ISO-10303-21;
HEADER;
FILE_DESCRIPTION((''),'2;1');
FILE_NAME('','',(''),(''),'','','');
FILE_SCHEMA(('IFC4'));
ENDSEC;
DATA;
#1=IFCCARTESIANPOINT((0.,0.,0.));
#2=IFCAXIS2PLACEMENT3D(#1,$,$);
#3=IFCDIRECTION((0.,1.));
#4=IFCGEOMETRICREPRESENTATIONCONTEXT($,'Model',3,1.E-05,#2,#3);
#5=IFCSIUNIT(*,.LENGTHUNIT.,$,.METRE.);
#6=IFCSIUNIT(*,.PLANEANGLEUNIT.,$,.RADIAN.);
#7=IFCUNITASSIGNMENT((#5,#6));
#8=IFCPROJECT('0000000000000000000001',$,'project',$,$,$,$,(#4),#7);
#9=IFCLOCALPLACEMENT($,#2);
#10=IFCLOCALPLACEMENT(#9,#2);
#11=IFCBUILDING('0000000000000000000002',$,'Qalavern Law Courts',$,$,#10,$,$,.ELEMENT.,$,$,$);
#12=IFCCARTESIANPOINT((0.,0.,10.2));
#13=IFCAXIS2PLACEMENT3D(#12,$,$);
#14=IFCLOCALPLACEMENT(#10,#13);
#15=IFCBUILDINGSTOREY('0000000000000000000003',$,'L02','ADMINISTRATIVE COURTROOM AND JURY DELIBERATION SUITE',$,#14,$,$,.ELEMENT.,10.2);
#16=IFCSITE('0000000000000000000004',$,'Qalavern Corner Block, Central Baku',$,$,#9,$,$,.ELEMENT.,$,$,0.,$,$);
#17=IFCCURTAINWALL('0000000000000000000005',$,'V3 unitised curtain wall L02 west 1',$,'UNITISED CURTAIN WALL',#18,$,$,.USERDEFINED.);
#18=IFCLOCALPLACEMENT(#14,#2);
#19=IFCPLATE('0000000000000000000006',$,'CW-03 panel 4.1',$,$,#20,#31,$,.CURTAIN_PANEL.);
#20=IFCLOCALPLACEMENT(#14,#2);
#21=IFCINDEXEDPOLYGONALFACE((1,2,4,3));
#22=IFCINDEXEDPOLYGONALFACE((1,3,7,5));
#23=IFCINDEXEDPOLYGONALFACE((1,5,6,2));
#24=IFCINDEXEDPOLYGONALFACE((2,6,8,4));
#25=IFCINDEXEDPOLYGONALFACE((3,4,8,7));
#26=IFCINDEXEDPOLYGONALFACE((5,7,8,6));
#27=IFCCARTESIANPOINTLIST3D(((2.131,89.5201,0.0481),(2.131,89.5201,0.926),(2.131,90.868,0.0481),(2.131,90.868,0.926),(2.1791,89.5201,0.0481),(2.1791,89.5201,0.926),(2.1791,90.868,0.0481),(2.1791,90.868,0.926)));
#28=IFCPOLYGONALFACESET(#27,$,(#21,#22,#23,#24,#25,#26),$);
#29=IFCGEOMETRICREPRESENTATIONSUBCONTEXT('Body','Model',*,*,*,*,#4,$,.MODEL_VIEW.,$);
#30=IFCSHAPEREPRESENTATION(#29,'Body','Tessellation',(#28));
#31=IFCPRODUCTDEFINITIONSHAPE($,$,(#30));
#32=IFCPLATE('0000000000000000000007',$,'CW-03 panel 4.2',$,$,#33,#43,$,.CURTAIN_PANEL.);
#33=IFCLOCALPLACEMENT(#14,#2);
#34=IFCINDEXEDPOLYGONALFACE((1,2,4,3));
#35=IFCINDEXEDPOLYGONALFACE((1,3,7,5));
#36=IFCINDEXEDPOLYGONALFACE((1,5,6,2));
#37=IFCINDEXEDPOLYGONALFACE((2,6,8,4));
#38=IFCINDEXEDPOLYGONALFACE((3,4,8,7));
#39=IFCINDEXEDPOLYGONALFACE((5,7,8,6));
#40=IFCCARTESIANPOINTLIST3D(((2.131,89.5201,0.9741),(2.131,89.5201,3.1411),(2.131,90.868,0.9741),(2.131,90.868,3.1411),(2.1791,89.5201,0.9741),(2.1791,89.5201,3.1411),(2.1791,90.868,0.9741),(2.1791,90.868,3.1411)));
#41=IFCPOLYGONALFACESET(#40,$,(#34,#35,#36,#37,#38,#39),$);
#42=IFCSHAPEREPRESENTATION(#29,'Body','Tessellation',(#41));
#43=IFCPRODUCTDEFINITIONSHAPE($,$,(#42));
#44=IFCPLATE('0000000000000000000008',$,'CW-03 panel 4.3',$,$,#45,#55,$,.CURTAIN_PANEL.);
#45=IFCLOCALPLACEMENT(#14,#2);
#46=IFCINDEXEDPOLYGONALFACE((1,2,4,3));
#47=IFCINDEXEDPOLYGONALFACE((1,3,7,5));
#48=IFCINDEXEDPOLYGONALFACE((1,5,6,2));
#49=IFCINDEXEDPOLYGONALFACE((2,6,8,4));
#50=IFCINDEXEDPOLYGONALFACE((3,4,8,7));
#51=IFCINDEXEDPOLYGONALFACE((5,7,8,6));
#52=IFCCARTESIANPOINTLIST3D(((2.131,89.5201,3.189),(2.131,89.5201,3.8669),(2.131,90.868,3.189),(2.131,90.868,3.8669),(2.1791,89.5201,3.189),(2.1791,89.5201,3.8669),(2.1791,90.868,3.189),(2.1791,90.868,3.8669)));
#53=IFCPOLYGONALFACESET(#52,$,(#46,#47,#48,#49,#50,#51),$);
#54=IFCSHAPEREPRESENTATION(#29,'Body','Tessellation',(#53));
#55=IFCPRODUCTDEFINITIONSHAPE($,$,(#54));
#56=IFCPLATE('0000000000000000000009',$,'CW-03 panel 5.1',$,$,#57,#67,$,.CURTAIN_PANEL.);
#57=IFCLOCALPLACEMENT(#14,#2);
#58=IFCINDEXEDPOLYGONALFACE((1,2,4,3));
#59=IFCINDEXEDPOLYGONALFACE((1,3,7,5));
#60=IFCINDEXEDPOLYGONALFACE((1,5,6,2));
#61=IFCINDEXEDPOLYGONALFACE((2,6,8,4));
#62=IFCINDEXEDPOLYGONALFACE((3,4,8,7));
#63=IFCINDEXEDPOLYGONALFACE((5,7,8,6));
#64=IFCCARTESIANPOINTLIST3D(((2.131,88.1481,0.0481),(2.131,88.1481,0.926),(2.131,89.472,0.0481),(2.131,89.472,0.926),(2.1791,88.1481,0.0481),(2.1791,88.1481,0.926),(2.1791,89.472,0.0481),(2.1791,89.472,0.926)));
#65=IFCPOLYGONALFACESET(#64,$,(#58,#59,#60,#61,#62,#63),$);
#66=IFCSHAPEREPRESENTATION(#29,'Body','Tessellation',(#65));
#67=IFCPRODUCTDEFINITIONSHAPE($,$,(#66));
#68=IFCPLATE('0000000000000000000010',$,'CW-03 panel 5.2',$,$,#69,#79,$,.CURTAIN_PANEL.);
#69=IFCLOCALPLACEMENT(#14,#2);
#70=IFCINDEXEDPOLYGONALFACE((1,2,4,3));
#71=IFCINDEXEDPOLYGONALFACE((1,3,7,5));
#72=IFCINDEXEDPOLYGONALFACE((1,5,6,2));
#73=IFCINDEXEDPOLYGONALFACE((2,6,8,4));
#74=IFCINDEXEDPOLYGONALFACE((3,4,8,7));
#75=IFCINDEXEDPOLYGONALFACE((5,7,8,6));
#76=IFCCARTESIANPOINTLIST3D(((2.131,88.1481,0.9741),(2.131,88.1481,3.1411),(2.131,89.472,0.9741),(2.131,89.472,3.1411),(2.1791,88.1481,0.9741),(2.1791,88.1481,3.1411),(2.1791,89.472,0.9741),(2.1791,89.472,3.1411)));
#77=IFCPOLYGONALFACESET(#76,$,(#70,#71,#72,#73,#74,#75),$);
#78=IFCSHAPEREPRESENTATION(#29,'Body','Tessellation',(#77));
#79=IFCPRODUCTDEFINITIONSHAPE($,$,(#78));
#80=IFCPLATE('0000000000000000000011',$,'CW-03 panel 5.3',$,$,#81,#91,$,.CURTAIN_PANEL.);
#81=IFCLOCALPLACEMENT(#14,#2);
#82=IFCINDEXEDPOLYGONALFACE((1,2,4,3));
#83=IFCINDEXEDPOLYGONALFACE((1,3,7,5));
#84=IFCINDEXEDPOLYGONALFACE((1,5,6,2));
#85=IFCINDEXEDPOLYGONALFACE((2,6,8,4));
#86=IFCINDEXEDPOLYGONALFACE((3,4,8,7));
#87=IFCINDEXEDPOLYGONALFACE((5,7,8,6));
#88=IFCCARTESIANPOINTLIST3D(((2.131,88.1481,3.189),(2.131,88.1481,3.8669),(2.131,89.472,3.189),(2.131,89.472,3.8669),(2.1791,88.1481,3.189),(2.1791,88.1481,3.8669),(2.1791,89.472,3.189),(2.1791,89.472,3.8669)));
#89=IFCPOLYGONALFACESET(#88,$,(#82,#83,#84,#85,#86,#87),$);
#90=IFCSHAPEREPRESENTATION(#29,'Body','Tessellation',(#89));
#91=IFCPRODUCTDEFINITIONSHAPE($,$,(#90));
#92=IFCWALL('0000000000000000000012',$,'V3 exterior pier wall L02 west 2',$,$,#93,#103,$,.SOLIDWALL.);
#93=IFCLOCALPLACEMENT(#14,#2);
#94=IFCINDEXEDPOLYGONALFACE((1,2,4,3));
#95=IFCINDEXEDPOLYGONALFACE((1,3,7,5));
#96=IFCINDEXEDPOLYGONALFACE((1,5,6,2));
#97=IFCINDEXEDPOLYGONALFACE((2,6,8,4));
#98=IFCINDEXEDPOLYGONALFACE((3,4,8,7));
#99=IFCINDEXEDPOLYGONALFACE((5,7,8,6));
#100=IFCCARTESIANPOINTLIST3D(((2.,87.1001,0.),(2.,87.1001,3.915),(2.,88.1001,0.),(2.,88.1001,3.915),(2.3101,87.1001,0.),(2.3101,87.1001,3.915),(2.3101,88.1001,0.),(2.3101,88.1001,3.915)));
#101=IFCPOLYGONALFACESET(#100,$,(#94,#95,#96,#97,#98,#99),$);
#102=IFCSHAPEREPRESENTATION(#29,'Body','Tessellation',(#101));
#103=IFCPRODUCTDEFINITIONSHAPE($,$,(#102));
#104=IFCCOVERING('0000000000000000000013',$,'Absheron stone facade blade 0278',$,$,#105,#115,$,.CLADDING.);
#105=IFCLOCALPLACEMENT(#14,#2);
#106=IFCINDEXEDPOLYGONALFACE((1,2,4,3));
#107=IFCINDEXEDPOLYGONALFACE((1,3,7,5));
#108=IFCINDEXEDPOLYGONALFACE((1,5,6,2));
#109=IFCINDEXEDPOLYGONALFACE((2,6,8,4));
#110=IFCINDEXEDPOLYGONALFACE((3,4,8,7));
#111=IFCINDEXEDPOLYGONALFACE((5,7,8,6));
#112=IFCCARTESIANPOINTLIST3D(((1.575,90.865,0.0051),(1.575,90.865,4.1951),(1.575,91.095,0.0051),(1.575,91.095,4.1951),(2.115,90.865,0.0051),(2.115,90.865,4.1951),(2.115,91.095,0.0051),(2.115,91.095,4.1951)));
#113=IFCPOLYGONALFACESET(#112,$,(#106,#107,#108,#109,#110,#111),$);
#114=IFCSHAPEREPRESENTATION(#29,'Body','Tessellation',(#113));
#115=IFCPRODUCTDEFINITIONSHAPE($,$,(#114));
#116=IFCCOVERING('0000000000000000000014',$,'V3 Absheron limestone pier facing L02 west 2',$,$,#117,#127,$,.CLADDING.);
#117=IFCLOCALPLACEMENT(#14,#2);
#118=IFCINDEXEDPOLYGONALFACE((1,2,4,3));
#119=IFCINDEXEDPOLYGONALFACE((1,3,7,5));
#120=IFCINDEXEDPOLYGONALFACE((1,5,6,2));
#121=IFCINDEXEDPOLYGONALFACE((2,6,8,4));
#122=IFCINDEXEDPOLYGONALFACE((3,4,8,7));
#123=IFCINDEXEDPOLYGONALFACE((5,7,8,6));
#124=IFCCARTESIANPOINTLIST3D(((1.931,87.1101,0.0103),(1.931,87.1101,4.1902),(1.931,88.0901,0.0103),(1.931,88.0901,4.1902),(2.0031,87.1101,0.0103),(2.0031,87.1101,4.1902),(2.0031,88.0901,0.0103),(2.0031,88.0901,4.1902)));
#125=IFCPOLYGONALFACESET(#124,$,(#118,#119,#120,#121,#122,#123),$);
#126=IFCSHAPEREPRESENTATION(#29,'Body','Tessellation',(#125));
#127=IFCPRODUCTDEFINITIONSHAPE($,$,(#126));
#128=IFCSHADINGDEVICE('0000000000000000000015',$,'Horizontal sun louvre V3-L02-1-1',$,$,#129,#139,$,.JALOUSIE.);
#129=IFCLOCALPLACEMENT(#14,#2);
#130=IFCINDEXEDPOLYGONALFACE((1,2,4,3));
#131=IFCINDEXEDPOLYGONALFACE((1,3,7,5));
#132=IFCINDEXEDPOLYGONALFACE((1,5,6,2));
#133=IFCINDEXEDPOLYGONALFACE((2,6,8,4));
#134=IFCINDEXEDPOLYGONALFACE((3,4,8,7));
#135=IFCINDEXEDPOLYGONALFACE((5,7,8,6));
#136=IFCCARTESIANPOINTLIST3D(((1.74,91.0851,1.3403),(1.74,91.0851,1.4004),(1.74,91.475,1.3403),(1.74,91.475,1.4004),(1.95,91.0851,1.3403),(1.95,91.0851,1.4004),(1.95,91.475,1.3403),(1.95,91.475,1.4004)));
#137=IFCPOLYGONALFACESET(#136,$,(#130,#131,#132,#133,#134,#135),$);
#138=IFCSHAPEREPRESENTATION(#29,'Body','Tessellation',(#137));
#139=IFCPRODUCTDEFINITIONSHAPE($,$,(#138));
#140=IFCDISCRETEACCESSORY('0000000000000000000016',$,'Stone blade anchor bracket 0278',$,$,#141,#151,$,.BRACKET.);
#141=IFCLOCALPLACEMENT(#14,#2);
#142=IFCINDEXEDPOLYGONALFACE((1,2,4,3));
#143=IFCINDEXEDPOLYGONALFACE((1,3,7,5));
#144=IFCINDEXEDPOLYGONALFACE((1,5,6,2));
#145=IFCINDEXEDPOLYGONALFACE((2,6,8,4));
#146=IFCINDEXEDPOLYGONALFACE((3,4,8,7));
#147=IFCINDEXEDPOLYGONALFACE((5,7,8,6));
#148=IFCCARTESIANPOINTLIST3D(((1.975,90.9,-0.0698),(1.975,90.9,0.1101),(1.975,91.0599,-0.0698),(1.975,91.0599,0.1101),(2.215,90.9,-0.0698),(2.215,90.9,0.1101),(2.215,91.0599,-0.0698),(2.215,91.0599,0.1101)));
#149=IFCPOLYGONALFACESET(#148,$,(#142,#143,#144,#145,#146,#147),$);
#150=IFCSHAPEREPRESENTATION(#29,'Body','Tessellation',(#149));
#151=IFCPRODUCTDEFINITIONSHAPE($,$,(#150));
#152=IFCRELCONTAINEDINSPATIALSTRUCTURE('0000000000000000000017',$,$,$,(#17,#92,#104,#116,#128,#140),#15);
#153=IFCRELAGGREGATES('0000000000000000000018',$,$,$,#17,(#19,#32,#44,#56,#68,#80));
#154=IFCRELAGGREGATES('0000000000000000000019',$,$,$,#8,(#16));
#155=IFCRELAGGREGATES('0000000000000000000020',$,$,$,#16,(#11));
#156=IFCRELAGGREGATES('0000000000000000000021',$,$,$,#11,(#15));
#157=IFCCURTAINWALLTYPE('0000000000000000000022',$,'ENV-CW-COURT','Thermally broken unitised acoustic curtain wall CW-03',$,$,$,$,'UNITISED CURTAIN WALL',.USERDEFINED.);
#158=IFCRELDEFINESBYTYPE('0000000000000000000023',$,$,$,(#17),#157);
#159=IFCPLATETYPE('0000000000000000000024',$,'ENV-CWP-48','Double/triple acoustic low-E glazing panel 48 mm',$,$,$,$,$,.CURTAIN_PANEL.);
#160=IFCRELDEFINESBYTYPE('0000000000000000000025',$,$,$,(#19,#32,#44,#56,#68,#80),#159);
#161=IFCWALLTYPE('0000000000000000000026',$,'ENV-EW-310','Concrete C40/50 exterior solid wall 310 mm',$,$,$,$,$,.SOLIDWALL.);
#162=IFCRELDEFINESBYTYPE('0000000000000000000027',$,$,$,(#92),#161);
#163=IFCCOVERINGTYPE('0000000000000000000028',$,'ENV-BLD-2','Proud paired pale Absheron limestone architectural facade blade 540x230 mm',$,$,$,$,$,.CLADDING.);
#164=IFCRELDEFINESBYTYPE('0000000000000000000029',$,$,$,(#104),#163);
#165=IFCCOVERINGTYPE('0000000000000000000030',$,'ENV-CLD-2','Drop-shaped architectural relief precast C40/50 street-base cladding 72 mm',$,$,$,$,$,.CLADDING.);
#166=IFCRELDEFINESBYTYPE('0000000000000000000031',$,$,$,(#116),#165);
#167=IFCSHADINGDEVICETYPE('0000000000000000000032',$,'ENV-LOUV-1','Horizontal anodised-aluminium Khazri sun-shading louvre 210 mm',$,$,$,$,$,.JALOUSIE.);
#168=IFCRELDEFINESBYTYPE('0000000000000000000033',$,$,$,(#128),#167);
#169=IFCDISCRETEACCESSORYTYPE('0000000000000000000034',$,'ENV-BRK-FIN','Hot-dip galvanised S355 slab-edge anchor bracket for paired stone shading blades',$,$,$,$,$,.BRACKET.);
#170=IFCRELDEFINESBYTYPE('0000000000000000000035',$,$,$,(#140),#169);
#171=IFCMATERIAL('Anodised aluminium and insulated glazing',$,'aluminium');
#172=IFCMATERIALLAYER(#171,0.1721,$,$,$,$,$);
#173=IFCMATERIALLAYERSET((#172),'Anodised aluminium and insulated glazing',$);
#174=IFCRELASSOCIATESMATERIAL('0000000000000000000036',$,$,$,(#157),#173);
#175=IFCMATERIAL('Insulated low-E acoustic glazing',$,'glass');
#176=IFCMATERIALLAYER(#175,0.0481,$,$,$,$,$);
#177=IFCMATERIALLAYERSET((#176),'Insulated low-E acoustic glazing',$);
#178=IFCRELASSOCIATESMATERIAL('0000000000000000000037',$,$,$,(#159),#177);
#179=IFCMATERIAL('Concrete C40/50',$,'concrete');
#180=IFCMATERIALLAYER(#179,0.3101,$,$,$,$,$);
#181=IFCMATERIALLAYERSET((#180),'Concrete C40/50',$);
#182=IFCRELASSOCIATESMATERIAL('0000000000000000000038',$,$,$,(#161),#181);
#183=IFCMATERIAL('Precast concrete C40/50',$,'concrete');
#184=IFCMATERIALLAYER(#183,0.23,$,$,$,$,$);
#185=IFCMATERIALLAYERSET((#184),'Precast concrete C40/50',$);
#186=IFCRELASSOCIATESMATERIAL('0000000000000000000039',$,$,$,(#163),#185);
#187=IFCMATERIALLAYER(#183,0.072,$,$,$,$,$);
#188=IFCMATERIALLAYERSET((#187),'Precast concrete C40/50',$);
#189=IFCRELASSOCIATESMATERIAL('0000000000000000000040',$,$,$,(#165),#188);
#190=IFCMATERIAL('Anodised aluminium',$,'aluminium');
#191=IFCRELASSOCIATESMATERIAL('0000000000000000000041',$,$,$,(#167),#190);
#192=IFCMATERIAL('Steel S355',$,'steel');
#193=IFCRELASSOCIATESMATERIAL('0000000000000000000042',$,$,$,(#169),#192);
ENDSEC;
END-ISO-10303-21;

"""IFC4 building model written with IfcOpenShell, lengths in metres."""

from ifc_helpers import new_model, si_unit, direction, frame, frame_2d, origin, origin_2d, place, context, subcontext, project, spatial, rectangle, extrude, material, layer, layer_set, type_object, element, aggregate, save


model = new_model("IFC4")

# Units and contexts
model_context = context("Model", 3, precision=1e-05, world=origin(), true_north=direction((0.0, 1.0)))
body_context = subcontext(model_context, "Body", "Model", "MODEL_VIEW")
ifc_project = project(units=[si_unit("LENGTHUNIT", "METRE"), si_unit("PLANEANGLEUNIT", "RADIAN")], contexts=[model_context])

# Site, building, storey
site_placement = place(None, origin())
site = spatial("IfcSite", under=ifc_project, at=site_placement, Name="Qalavern Corner Block, Central Baku", CompositionType="ELEMENT", RefElevation=0.0)
building_placement = place(site_placement, origin())
building = spatial("IfcBuilding", under=site, at=building_placement, Name="Qalavern Law Courts", CompositionType="ELEMENT")
storey_placement = place(building_placement, frame((0.0, 0.0, 10.2)))
storey = spatial("IfcBuildingStorey", under=building, at=storey_placement, Name="L02", Description="ADMINISTRATIVE COURTROOM AND JURY DELIBERATION SUITE", CompositionType="ELEMENT", Elevation=10.2)

# Curtain wall, plates
ifc_material_1 = material(Name="Anodised aluminium and insulated glazing", Category="aluminium")
ifc_layer_1 = layer(ifc_material_1, 0.1721)
ifc_layer_set_1 = layer_set([ifc_layer_1], Name="Anodised aluminium and insulated glazing")
curtain_wall_type = type_object("IfcCurtainWallType", Name="ENV-CW-COURT", Description="Thermally broken unitised acoustic curtain wall CW-03", ElementType="UNITISED CURTAIN WALL", PredefinedType="USERDEFINED", material=ifc_layer_set_1)
curtain_wall_placement = place(storey_placement, origin())
curtain_wall = element("IfcCurtainWall", 1, at=curtain_wall_placement, inside=storey, type_object=curtain_wall_type, Name="V3 unitised curtain wall L02 west 1", ObjectType="UNITISED CURTAIN WALL", PredefinedType="USERDEFINED")
ifc_material_2 = material(Name="Anodised aluminium", Category="aluminium")
ifc_material_3 = material(Name="Insulated low-E acoustic glazing", Category="glass")
ifc_layer_2 = layer(ifc_material_3, 0.0481)
ifc_layer_set_2 = layer_set([ifc_layer_2], Name="Insulated low-E acoustic glazing")
plate_type = type_object("IfcPlateType", Name="ENV-CWP-48", Description="Double/triple acoustic low-E glazing panel 48 mm", PredefinedType="CURTAIN_PANEL", material=ifc_layer_set_2)
plate_1_placement = place(storey_placement, frame((2.155, 90.1941, 0.0481), z_axis=(0.0, 0.0, 1.0), x_axis=(0.0, -1.0, 0.0)))
plate_1 = element("IfcPlate", 2, at=plate_1_placement, type_object=plate_type, Name="CW-03 panel 4.1", PredefinedType="CURTAIN_PANEL", context=body_context, shape_type="SweptSolid", body=[
    extrude(rectangle(XDim=1.3479, YDim=0.0481, at=origin_2d()), origin(), (0.0, 0.0, 1.0), 0.8779),
])
plate_2_placement = place(storey_placement, frame((2.155, 90.1941, 0.9741), z_axis=(0.0, 0.0, 1.0), x_axis=(0.0, -1.0, 0.0)))
plate_2 = element("IfcPlate", 3, at=plate_2_placement, type_object=plate_type, Name="CW-03 panel 4.2", PredefinedType="CURTAIN_PANEL", context=body_context, shape_type="SweptSolid", body=[
    extrude(rectangle(XDim=1.3479, YDim=0.0481, at=origin_2d()), origin(), (0.0, 0.0, 1.0), 2.167),
])
plate_3_placement = place(storey_placement, frame((2.155, 90.1941, 3.189), z_axis=(0.0, 0.0, 1.0), x_axis=(0.0, -1.0, 0.0)))
plate_3 = element("IfcPlate", 4, at=plate_3_placement, type_object=plate_type, Name="CW-03 panel 4.3", PredefinedType="CURTAIN_PANEL", context=body_context, shape_type="SweptSolid", body=[
    extrude(rectangle(XDim=1.3479, YDim=0.0481, at=origin_2d()), origin(), (0.0, 0.0, 1.0), 0.678),
])
plate_4_placement = place(storey_placement, frame((2.155, 88.8101, 0.0481), z_axis=(0.0, 0.0, 1.0), x_axis=(0.0, -1.0, 0.0)))
plate_4 = element("IfcPlate", 5, at=plate_4_placement, type_object=plate_type, Name="CW-03 panel 5.1", PredefinedType="CURTAIN_PANEL", context=body_context, shape_type="SweptSolid", body=[
    extrude(rectangle(XDim=1.324, YDim=0.0481, at=origin_2d()), origin(), (0.0, 0.0, 1.0), 0.8779),
])
plate_5_placement = place(storey_placement, frame((2.155, 88.8101, 0.9741), z_axis=(0.0, 0.0, 1.0), x_axis=(0.0, -1.0, 0.0)))
plate_5 = element("IfcPlate", 6, at=plate_5_placement, type_object=plate_type, Name="CW-03 panel 5.2", PredefinedType="CURTAIN_PANEL", context=body_context, shape_type="SweptSolid", body=[
    extrude(rectangle(XDim=1.324, YDim=0.0481, at=origin_2d()), origin(), (0.0, 0.0, 1.0), 2.167),
])
plate_6_placement = place(storey_placement, frame((2.155, 88.8101, 3.189), z_axis=(0.0, 0.0, 1.0), x_axis=(0.0, -1.0, 0.0)))
plate_6 = element("IfcPlate", 7, at=plate_6_placement, type_object=plate_type, Name="CW-03 panel 5.3", PredefinedType="CURTAIN_PANEL", context=body_context, shape_type="SweptSolid", body=[
    extrude(rectangle(XDim=1.324, YDim=0.0481, at=origin_2d()), origin(), (0.0, 0.0, 1.0), 0.678),
])
aggregate(curtain_wall, [plate_1, plate_2, plate_3, plate_4, plate_5, plate_6])

# Wall
ifc_material_4 = material(Name="Concrete C40/50", Category="concrete")
ifc_layer_3 = layer(ifc_material_4, 0.3101)
ifc_layer_set_3 = layer_set([ifc_layer_3], Name="Concrete C40/50")
wall_type = type_object("IfcWallType", Name="ENV-EW-310", Description="Concrete C40/50 exterior solid wall 310 mm", PredefinedType="SOLIDWALL", material=ifc_layer_set_3)
wall_placement = place(storey_placement, frame((2.155, 88.1001, 0.0), z_axis=(0.0, 0.0, 1.0), x_axis=(0.0, -1.0, 0.0)))
element("IfcWall", 8, at=wall_placement, inside=storey, type_object=wall_type, Name="V3 exterior pier wall L02 west 2", PredefinedType="SOLIDWALL", context=body_context, shape_type="SweptSolid", body=[
    extrude(rectangle(XDim=1.0, YDim=0.3101, at=frame_2d((0.5, 0.0))), origin(), (0.0, 0.0, 1.0), 3.915),
])

# Coverings
ifc_material_5 = material(Name="Precast concrete C40/50", Category="concrete")
ifc_layer_4 = layer(ifc_material_5, 0.23)
ifc_layer_set_4 = layer_set([ifc_layer_4], Name="Precast concrete C40/50")
covering_type_1 = type_object("IfcCoveringType", Name="ENV-BLD-2", Description="Proud paired pale Absheron limestone architectural facade blade 540x230 mm", PredefinedType="CLADDING", material=ifc_layer_set_4)
covering_1_placement = place(storey_placement, frame((1.845, 90.98, 0.0051), z_axis=(0.0, 0.0, 1.0), x_axis=(-1.0, 0.0, 0.0)))
element("IfcCovering", 9, at=covering_1_placement, inside=storey, type_object=covering_type_1, Name="Absheron stone facade blade 0278", PredefinedType="CLADDING", context=body_context, shape_type="SweptSolid", body=[
    extrude(rectangle(XDim=0.54, YDim=0.23, at=origin_2d()), origin(), (0.0, 0.0, 1.0), 4.1899),
])
ifc_layer_5 = layer(ifc_material_5, 0.072)
ifc_layer_set_5 = layer_set([ifc_layer_5], Name="Precast concrete C40/50")
covering_type_2 = type_object("IfcCoveringType", Name="ENV-CLD-2", Description="Drop-shaped architectural relief precast C40/50 street-base cladding 72 mm", PredefinedType="CLADDING", material=ifc_layer_set_5)
covering_2_placement = place(storey_placement, frame((1.967, 87.6001, 0.0103), z_axis=(0.0, 0.0, 1.0), x_axis=(0.0, -1.0, 0.0)))
element("IfcCovering", 10, at=covering_2_placement, inside=storey, type_object=covering_type_2, Name="V3 Absheron limestone pier facing L02 west 2", PredefinedType="CLADDING", context=body_context, shape_type="SweptSolid", body=[
    extrude(rectangle(XDim=0.98, YDim=0.072, at=origin_2d()), origin(), (0.0, 0.0, 1.0), 4.1799),
])

# Shading device
shading_device_type = type_object("IfcShadingDeviceType", Name="ENV-LOUV-1", Description="Horizontal anodised-aluminium Khazri sun-shading louvre 210 mm", PredefinedType="JALOUSIE", material=ifc_material_2)
shading_device_placement = place(storey_placement, frame((1.845, 91.28, 1.3403), z_axis=(0.0, 0.0, 1.0), x_axis=(0.0, -1.0, 0.0)))
element("IfcShadingDevice", 11, at=shading_device_placement, inside=storey, type_object=shading_device_type, Name="Horizontal sun louvre V3-L02-1-1", PredefinedType="JALOUSIE", context=body_context, shape_type="SweptSolid", body=[
    extrude(rectangle(XDim=0.3899, YDim=0.21, at=origin_2d()), origin(), (0.0, 0.0, 1.0), 0.0601),
])

# Discrete accessory
ifc_material_6 = material(Name="Steel S355", Category="steel")
discrete_accessory_type = type_object("IfcDiscreteAccessoryType", Name="ENV-BRK-FIN", Description="Hot-dip galvanised S355 slab-edge anchor bracket for paired stone shading blades", PredefinedType="BRACKET", material=ifc_material_6)
discrete_accessory_placement = place(storey_placement, frame((2.095, 90.98, -0.0698), z_axis=(0.0, 0.0, 1.0), x_axis=(-1.0, 0.0, 0.0)))
element("IfcDiscreteAccessory", 12, at=discrete_accessory_placement, inside=storey, type_object=discrete_accessory_type, Name="Stone blade anchor bracket 0278", PredefinedType="BRACKET", context=body_context, shape_type="SweptSolid", body=[
    extrude(rectangle(XDim=0.24, YDim=0.1599, at=origin_2d()), origin(), (0.0, 0.0, 1.0), 0.1799),
])

save(model, "model.ifc")
